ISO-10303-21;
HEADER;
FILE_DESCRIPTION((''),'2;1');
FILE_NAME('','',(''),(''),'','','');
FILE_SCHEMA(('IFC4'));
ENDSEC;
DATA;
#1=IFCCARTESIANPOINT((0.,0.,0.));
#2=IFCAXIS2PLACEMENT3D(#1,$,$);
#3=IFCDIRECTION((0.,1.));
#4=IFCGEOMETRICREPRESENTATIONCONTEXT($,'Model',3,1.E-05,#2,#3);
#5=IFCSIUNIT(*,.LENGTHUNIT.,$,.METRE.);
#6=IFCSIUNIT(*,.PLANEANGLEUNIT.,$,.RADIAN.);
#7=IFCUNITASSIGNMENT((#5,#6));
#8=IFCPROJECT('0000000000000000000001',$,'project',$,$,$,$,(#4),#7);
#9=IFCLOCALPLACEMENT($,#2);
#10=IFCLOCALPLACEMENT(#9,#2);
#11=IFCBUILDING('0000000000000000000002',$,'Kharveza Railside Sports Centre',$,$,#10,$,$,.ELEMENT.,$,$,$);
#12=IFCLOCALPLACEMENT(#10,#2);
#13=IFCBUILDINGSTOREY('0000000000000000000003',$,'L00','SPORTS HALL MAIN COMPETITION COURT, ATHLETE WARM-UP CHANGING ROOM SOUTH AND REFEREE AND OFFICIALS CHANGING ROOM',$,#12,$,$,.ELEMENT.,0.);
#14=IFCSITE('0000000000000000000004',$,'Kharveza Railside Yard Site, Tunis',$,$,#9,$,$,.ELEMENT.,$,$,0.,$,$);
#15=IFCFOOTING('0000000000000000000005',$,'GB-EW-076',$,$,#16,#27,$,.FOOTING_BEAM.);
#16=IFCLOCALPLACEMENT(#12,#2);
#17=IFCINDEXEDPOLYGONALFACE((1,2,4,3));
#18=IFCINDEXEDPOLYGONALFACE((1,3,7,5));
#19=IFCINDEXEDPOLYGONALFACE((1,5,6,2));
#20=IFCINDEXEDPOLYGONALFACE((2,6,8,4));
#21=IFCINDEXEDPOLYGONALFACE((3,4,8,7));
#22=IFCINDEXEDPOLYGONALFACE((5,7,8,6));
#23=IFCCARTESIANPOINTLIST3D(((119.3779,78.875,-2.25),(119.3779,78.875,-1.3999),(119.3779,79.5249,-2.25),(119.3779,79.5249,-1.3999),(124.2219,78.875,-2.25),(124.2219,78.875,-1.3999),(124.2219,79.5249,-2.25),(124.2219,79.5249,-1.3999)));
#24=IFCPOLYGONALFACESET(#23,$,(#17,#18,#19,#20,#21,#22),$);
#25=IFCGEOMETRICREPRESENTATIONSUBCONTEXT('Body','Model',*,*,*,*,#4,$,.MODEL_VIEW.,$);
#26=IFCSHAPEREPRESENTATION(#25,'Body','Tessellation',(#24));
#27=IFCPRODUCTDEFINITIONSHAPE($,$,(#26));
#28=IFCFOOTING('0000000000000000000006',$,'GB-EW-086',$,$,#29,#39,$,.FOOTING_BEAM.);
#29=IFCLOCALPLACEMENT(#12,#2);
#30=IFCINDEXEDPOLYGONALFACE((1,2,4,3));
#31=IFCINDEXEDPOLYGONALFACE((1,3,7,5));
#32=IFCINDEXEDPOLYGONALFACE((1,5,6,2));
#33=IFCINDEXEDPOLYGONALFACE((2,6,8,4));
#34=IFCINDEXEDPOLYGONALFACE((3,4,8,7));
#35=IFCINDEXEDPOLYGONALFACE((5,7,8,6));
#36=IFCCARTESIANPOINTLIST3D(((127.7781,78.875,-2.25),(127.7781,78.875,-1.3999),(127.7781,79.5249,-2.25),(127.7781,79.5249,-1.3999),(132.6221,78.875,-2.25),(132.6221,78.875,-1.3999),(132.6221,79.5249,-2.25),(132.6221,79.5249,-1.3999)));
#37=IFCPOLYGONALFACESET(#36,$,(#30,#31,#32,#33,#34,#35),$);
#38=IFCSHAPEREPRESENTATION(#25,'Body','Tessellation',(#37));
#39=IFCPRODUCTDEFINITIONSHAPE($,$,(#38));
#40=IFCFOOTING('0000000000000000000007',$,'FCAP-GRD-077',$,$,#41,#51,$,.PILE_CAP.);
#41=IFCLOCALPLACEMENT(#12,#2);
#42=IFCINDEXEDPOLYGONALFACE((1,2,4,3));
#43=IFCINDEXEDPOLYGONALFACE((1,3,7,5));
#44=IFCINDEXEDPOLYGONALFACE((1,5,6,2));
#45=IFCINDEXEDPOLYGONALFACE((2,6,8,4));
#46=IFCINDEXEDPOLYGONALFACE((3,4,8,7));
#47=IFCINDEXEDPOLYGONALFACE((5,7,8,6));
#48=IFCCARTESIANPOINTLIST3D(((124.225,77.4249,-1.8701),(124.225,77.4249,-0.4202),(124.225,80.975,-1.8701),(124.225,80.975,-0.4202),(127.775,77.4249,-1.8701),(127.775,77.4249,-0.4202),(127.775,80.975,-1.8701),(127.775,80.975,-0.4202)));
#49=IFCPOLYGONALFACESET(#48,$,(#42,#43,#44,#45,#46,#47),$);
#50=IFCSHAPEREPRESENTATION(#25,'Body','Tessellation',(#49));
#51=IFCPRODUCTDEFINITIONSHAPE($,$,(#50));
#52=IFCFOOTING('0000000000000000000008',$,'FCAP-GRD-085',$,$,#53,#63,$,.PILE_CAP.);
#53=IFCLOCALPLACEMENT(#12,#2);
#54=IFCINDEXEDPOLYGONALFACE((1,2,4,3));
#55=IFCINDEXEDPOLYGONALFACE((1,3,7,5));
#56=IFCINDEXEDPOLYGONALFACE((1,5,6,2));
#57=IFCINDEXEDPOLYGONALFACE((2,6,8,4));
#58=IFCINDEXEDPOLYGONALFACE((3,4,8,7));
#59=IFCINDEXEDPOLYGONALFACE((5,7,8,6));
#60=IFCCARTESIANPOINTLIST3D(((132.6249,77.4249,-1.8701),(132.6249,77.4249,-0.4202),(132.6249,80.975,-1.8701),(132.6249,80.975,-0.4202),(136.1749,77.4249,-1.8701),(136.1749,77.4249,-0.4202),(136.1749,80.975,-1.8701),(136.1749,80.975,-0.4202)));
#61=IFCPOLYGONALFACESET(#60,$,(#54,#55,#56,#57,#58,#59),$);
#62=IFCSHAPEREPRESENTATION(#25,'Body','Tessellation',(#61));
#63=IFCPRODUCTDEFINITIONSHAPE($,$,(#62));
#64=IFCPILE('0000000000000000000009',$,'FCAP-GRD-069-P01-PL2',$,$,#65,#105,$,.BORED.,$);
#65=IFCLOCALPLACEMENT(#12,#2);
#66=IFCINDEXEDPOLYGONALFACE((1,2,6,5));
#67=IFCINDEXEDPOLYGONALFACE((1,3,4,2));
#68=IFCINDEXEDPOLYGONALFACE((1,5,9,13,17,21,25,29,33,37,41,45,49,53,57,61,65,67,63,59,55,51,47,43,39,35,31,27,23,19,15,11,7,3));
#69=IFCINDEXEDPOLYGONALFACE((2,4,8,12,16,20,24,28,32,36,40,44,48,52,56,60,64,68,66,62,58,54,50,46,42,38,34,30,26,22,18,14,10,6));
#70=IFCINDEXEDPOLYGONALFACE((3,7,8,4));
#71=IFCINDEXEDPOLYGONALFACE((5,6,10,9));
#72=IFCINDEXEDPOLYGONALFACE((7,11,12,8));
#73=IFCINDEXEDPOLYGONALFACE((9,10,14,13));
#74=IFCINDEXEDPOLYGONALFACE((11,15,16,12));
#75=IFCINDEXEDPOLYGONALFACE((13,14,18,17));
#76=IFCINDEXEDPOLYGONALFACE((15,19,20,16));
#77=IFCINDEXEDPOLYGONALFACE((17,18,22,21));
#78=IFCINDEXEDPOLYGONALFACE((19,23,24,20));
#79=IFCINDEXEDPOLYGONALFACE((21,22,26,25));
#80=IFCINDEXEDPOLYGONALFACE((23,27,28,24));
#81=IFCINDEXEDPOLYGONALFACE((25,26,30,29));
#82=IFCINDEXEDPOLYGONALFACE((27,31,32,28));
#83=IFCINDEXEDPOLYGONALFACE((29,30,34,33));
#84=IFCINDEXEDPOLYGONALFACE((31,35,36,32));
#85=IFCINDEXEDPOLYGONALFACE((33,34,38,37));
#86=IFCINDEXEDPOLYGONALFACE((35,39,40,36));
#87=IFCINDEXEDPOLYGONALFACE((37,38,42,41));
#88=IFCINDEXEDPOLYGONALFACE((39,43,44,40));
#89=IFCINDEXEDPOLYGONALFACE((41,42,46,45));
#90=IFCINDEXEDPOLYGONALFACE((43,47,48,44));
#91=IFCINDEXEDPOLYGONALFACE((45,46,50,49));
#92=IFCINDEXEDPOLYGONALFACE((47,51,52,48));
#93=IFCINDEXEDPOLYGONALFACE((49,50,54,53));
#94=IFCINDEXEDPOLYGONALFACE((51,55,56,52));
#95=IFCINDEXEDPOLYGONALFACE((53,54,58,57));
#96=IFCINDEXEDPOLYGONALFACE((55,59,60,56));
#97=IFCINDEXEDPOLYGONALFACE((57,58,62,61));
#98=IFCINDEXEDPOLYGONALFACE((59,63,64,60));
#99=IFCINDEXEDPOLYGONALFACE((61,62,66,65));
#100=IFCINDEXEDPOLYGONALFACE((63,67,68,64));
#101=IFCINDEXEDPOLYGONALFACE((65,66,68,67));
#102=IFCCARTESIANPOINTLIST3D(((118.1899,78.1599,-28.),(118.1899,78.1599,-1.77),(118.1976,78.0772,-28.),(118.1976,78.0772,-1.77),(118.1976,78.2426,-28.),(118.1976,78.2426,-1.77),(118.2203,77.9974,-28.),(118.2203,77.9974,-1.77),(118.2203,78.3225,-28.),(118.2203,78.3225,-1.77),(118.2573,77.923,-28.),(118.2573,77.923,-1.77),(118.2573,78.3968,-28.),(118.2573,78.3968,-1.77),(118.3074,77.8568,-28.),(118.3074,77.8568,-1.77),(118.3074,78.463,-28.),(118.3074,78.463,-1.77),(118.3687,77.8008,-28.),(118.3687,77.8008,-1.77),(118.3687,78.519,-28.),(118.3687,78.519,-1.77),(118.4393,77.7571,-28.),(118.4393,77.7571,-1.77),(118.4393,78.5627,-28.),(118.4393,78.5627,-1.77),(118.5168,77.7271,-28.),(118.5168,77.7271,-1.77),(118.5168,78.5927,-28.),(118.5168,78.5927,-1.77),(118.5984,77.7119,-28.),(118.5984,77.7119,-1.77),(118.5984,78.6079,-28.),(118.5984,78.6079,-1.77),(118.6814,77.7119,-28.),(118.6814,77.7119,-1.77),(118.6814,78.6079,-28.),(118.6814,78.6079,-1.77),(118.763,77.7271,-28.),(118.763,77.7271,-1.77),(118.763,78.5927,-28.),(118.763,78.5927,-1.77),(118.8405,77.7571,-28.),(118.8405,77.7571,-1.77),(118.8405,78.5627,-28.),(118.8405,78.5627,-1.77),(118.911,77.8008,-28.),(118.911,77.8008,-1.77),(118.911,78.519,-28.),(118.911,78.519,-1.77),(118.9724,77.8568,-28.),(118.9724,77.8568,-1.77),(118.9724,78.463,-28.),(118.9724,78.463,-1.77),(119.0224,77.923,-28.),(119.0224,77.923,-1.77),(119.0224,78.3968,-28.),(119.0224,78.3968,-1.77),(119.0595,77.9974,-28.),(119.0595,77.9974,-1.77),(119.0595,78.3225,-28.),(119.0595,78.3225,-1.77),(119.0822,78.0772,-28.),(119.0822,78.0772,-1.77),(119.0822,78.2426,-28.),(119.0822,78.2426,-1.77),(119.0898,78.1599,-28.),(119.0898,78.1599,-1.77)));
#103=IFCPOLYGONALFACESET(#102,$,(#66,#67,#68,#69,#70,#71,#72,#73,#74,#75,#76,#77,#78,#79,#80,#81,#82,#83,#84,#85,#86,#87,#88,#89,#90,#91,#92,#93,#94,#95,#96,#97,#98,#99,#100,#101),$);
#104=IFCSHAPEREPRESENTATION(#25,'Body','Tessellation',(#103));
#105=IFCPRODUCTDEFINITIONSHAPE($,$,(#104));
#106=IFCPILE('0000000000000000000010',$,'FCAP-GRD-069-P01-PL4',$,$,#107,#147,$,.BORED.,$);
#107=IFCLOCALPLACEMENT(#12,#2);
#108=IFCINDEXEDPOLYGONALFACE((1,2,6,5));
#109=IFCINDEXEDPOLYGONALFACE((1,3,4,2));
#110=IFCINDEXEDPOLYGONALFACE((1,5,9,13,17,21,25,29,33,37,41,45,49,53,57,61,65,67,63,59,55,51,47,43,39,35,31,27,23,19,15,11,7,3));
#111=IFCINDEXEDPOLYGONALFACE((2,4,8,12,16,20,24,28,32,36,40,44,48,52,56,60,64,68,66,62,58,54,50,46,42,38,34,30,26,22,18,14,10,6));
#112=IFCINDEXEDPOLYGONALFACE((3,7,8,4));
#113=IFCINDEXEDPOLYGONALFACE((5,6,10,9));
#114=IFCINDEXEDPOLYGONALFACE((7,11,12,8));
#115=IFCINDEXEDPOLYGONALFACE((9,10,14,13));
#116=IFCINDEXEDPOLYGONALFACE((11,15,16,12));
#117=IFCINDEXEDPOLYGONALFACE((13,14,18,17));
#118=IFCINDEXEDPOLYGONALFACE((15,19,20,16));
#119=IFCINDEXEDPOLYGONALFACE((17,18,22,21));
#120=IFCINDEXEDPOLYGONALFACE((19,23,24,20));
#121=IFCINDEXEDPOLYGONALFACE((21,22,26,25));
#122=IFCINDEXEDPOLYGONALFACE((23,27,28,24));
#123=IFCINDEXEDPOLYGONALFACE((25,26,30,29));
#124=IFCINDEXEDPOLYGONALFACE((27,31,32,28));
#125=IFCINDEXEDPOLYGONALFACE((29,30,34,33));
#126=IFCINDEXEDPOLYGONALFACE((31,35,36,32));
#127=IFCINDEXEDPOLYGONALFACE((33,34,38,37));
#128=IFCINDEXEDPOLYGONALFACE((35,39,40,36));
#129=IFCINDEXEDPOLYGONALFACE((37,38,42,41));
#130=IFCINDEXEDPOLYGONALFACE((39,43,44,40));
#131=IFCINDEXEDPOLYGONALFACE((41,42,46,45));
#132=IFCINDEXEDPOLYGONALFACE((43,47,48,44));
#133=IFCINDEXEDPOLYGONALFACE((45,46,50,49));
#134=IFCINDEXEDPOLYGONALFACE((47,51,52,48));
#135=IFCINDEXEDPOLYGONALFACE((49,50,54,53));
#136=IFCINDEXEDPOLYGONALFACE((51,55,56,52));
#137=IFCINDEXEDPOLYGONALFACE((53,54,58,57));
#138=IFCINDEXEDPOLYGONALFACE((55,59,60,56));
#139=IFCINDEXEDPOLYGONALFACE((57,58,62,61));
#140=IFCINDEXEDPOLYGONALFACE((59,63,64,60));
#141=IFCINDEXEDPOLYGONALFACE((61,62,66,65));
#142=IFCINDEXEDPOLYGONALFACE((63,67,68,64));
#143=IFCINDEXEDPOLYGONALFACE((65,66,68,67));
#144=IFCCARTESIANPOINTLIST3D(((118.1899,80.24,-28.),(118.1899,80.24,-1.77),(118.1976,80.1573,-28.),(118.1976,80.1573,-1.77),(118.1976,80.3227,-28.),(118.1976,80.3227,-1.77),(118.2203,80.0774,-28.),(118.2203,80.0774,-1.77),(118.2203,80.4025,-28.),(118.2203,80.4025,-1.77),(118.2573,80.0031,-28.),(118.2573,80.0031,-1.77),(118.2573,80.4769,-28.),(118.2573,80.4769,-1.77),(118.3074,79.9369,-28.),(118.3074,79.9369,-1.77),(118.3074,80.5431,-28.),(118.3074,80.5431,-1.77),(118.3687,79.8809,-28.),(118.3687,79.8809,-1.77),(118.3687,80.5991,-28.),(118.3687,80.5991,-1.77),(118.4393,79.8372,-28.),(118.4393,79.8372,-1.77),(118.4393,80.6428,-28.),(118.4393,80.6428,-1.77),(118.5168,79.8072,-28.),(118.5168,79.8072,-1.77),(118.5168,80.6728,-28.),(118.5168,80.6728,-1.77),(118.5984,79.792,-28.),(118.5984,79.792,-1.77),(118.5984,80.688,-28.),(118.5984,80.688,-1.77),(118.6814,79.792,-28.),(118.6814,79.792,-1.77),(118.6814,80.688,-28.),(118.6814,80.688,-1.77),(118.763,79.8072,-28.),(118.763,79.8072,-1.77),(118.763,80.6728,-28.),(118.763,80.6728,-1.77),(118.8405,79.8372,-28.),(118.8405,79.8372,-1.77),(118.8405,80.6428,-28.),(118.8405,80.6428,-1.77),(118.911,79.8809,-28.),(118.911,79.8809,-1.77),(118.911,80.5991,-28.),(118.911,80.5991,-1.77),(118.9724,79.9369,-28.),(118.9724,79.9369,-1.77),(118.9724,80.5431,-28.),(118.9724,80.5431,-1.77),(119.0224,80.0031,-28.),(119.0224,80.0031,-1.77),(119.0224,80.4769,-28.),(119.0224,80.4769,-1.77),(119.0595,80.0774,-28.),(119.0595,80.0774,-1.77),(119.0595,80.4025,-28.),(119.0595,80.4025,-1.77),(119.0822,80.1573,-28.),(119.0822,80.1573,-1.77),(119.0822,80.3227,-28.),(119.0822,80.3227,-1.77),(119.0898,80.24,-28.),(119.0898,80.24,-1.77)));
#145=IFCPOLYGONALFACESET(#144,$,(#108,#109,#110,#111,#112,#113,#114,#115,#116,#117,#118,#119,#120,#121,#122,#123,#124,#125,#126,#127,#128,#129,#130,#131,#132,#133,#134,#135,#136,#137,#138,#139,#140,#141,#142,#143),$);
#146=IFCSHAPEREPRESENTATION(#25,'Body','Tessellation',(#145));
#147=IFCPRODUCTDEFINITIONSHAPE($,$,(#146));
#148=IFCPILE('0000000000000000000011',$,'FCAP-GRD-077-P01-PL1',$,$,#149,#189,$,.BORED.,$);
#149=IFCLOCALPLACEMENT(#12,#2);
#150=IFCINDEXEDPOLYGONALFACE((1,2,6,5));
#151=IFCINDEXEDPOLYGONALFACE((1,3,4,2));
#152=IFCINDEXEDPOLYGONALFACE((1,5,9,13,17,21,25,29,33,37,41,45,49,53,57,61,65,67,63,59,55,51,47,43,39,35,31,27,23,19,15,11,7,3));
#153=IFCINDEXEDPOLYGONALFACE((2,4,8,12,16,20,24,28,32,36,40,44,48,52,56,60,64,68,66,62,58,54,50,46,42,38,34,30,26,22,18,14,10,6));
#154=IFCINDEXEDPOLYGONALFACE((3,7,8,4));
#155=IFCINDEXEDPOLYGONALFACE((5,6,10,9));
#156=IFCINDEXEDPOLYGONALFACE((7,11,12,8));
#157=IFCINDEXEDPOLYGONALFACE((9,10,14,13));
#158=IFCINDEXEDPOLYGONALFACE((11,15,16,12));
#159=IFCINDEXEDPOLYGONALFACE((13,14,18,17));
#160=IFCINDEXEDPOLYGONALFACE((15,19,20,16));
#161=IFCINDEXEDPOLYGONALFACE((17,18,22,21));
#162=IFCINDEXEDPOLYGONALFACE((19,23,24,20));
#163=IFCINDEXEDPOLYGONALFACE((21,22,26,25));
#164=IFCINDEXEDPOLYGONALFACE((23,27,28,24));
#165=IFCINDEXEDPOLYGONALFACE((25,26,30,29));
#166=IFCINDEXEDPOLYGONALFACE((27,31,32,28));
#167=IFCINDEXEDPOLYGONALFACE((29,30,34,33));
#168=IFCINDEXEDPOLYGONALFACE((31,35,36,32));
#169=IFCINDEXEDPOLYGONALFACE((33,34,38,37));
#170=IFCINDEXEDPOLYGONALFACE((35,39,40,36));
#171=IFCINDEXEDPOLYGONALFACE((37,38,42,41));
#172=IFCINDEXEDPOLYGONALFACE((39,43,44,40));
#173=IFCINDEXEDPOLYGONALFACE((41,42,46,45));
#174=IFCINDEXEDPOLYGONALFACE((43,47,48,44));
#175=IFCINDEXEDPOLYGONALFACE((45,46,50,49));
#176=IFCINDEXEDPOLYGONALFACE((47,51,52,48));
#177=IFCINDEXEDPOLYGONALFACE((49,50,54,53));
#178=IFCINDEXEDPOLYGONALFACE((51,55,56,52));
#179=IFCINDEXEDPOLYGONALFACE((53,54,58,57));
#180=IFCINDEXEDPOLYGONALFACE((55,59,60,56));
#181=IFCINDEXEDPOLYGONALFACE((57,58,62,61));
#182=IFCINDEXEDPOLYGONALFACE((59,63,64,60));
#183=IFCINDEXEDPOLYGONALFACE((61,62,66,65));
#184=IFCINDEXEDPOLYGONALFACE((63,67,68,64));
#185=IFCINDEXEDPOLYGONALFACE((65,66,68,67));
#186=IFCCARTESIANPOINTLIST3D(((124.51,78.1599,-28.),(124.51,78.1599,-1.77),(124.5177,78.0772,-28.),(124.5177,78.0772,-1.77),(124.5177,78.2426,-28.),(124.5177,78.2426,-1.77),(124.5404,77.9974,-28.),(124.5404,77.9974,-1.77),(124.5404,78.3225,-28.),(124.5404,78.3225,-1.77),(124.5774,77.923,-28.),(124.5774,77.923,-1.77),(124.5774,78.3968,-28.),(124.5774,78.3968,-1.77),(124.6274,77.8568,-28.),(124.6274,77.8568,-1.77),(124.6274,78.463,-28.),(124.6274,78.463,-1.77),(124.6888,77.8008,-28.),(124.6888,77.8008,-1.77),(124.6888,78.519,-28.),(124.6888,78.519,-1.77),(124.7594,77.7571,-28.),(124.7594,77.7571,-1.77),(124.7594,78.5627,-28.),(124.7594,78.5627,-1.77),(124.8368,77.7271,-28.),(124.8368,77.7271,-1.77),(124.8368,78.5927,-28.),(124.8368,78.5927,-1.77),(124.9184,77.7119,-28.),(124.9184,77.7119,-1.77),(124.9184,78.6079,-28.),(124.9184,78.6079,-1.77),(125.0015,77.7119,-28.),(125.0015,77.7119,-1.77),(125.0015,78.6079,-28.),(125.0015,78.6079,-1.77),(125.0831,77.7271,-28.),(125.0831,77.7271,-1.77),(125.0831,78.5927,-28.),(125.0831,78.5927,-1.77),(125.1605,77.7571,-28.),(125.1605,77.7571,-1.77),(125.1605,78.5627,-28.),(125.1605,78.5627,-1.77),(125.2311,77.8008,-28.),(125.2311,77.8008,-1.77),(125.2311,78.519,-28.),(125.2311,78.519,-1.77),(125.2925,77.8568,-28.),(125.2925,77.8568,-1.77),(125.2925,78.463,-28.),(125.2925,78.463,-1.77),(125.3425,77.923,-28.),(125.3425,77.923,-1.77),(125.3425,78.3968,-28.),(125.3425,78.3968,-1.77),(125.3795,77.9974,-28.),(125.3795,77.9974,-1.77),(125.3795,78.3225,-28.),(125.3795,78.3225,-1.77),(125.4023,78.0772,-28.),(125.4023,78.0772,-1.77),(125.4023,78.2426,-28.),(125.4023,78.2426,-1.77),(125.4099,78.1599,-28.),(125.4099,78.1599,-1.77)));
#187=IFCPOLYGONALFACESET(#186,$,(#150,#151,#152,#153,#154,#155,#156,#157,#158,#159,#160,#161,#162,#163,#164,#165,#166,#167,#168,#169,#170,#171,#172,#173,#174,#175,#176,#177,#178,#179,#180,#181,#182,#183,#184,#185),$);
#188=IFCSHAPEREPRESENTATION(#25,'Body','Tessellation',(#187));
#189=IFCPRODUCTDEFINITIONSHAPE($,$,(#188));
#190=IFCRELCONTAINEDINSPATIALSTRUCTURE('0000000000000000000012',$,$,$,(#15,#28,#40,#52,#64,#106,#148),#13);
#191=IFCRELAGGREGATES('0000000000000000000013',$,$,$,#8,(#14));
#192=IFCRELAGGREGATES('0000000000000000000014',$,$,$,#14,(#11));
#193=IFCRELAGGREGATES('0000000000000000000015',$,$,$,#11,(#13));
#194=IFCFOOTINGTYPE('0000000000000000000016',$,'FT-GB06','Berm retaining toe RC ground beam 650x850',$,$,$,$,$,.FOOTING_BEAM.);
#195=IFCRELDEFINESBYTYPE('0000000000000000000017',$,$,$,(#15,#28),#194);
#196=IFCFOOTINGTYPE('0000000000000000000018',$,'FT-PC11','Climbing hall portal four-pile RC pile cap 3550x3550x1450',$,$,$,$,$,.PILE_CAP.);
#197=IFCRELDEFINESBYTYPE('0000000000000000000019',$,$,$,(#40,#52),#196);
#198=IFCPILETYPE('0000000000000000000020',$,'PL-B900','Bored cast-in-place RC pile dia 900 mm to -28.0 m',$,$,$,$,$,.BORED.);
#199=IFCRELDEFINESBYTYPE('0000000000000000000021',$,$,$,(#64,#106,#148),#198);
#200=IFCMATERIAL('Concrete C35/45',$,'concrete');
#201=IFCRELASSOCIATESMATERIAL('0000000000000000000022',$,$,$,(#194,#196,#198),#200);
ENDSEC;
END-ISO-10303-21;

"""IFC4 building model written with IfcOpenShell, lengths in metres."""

from ifc_helpers import new_model, si_unit, direction, frame, origin, origin_2d, place, context, subcontext, project, spatial, rectangle, circle, extrude, material, material_profile, profile_set, type_object, element, save


model = new_model("IFC4")

# Units and contexts
model_context = context("Model", 3, precision=1e-05, world=origin(), true_north=direction((0.0, 1.0)))
body_context = subcontext(model_context, "Body", "Model", "MODEL_VIEW")
ifc_project = project(units=[si_unit("LENGTHUNIT", "METRE"), si_unit("PLANEANGLEUNIT", "RADIAN")], contexts=[model_context])

# Site, building, storey
site_placement = place(None, origin())
site = spatial("IfcSite", under=ifc_project, at=site_placement, Name="Kharveza Railside Yard Site, Tunis", CompositionType="ELEMENT", RefElevation=0.0)
building_placement = place(site_placement, origin())
building = spatial("IfcBuilding", under=site, at=building_placement, Name="Kharveza Railside Sports Centre", CompositionType="ELEMENT")
storey_placement = place(building_placement, origin())
storey = spatial("IfcBuildingStorey", under=building, at=storey_placement, Name="L00", Description="SPORTS HALL MAIN COMPETITION COURT, ATHLETE WARM-UP CHANGING ROOM SOUTH AND REFEREE AND OFFICIALS CHANGING ROOM", CompositionType="ELEMENT", Elevation=0.0)

# Footings
ifc_material_1 = material(Name="Concrete C35/45", Category="concrete")
ifc_material_profile_1 = material_profile(ifc_material_1, rectangle(XDim=0.6499, YDim=0.8501, at=origin_2d()), Name="GB 650x850")
ifc_profile_set_1 = profile_set([ifc_material_profile_1], Name="Concrete C35/45")
footing_type_1 = type_object("IfcFootingType", Name="FT-GB06", Description="Berm retaining toe RC ground beam 650x850", PredefinedType="FOOTING_BEAM", material=ifc_profile_set_1)
for number, where, z_axis, x_axis, name in (
    (1, (119.3779, 79.2, -1.825), (1.0, 0.0, 0.0), (0.0, 1.0, 0.0), "GB-EW-076"),
    (2, (127.7781, 79.2, -1.825), (1.0, 0.0, 0.0), (0.0, 1.0, 0.0), "GB-EW-086"),
):
    element("IfcFooting", number, at=place(storey_placement, frame(where, z_axis=z_axis, x_axis=x_axis)), inside=storey, type_object=footing_type_1, Name=name, PredefinedType="FOOTING_BEAM", context=body_context, shape_type="SweptSolid", body=[
        extrude(rectangle(XDim=0.6499, YDim=0.8501, at=origin_2d()), origin(), (0.0, 0.0, 1.0), 4.844),
    ])
footing_type_2 = type_object("IfcFootingType", Name="FT-PC11", Description="Climbing hall portal four-pile RC pile cap 3550x3550x1450", PredefinedType="PILE_CAP", material=ifc_material_1)
for number, where, z_axis, x_axis, name in (
    (3, (126.0, 79.2, -1.8701), (0.0, 0.0, 1.0), (1.0, 0.0, 0.0), "FCAP-GRD-077"),
    (4, (134.3999, 79.2, -1.8701), (0.0, 0.0, 1.0), (1.0, 0.0, 0.0), "FCAP-GRD-085"),
):
    element("IfcFooting", number, at=place(storey_placement, frame(where, z_axis=z_axis, x_axis=x_axis)), inside=storey, type_object=footing_type_2, Name=name, PredefinedType="PILE_CAP", context=body_context, shape_type="SweptSolid", body=[
        extrude(rectangle(XDim=3.55, YDim=3.55, at=origin_2d()), origin(), (0.0, 0.0, 1.0), 1.45),
    ])

# Piles
ifc_material_profile_2 = material_profile(ifc_material_1, circle(Radius=0.45, at=origin_2d()), Name="PILE D900")
ifc_profile_set_2 = profile_set([ifc_material_profile_2], Name="Concrete C35/45")
pile_type = type_object("IfcPileType", Name="PL-B900", Description="Bored cast-in-place RC pile dia 900 mm to -28.0 m", PredefinedType="BORED", material=ifc_profile_set_2)
for number, where, z_axis, x_axis, name in (
    (5, (118.6399, 78.1599, -1.77), (0.0, 0.0, -1.0), (1.0, 0.0, 0.0), "FCAP-GRD-069-P01-PL2"),
    (6, (118.6399, 80.24, -1.77), (0.0, 0.0, -1.0), (1.0, 0.0, 0.0), "FCAP-GRD-069-P01-PL4"),
    (7, (124.96, 78.1599, -1.77), (0.0, 0.0, -1.0), (1.0, 0.0, 0.0), "FCAP-GRD-077-P01-PL1"),
):
    element("IfcPile", number, at=place(storey_placement, frame(where, z_axis=z_axis, x_axis=x_axis)), inside=storey, type_object=pile_type, Name=name, PredefinedType="BORED", context=body_context, shape_type="SweptSolid", body=[
        extrude(circle(Radius=0.45, at=origin_2d()), origin(), (0.0, 0.0, 1.0), 26.23),
    ])

save(model, "model.ifc")
